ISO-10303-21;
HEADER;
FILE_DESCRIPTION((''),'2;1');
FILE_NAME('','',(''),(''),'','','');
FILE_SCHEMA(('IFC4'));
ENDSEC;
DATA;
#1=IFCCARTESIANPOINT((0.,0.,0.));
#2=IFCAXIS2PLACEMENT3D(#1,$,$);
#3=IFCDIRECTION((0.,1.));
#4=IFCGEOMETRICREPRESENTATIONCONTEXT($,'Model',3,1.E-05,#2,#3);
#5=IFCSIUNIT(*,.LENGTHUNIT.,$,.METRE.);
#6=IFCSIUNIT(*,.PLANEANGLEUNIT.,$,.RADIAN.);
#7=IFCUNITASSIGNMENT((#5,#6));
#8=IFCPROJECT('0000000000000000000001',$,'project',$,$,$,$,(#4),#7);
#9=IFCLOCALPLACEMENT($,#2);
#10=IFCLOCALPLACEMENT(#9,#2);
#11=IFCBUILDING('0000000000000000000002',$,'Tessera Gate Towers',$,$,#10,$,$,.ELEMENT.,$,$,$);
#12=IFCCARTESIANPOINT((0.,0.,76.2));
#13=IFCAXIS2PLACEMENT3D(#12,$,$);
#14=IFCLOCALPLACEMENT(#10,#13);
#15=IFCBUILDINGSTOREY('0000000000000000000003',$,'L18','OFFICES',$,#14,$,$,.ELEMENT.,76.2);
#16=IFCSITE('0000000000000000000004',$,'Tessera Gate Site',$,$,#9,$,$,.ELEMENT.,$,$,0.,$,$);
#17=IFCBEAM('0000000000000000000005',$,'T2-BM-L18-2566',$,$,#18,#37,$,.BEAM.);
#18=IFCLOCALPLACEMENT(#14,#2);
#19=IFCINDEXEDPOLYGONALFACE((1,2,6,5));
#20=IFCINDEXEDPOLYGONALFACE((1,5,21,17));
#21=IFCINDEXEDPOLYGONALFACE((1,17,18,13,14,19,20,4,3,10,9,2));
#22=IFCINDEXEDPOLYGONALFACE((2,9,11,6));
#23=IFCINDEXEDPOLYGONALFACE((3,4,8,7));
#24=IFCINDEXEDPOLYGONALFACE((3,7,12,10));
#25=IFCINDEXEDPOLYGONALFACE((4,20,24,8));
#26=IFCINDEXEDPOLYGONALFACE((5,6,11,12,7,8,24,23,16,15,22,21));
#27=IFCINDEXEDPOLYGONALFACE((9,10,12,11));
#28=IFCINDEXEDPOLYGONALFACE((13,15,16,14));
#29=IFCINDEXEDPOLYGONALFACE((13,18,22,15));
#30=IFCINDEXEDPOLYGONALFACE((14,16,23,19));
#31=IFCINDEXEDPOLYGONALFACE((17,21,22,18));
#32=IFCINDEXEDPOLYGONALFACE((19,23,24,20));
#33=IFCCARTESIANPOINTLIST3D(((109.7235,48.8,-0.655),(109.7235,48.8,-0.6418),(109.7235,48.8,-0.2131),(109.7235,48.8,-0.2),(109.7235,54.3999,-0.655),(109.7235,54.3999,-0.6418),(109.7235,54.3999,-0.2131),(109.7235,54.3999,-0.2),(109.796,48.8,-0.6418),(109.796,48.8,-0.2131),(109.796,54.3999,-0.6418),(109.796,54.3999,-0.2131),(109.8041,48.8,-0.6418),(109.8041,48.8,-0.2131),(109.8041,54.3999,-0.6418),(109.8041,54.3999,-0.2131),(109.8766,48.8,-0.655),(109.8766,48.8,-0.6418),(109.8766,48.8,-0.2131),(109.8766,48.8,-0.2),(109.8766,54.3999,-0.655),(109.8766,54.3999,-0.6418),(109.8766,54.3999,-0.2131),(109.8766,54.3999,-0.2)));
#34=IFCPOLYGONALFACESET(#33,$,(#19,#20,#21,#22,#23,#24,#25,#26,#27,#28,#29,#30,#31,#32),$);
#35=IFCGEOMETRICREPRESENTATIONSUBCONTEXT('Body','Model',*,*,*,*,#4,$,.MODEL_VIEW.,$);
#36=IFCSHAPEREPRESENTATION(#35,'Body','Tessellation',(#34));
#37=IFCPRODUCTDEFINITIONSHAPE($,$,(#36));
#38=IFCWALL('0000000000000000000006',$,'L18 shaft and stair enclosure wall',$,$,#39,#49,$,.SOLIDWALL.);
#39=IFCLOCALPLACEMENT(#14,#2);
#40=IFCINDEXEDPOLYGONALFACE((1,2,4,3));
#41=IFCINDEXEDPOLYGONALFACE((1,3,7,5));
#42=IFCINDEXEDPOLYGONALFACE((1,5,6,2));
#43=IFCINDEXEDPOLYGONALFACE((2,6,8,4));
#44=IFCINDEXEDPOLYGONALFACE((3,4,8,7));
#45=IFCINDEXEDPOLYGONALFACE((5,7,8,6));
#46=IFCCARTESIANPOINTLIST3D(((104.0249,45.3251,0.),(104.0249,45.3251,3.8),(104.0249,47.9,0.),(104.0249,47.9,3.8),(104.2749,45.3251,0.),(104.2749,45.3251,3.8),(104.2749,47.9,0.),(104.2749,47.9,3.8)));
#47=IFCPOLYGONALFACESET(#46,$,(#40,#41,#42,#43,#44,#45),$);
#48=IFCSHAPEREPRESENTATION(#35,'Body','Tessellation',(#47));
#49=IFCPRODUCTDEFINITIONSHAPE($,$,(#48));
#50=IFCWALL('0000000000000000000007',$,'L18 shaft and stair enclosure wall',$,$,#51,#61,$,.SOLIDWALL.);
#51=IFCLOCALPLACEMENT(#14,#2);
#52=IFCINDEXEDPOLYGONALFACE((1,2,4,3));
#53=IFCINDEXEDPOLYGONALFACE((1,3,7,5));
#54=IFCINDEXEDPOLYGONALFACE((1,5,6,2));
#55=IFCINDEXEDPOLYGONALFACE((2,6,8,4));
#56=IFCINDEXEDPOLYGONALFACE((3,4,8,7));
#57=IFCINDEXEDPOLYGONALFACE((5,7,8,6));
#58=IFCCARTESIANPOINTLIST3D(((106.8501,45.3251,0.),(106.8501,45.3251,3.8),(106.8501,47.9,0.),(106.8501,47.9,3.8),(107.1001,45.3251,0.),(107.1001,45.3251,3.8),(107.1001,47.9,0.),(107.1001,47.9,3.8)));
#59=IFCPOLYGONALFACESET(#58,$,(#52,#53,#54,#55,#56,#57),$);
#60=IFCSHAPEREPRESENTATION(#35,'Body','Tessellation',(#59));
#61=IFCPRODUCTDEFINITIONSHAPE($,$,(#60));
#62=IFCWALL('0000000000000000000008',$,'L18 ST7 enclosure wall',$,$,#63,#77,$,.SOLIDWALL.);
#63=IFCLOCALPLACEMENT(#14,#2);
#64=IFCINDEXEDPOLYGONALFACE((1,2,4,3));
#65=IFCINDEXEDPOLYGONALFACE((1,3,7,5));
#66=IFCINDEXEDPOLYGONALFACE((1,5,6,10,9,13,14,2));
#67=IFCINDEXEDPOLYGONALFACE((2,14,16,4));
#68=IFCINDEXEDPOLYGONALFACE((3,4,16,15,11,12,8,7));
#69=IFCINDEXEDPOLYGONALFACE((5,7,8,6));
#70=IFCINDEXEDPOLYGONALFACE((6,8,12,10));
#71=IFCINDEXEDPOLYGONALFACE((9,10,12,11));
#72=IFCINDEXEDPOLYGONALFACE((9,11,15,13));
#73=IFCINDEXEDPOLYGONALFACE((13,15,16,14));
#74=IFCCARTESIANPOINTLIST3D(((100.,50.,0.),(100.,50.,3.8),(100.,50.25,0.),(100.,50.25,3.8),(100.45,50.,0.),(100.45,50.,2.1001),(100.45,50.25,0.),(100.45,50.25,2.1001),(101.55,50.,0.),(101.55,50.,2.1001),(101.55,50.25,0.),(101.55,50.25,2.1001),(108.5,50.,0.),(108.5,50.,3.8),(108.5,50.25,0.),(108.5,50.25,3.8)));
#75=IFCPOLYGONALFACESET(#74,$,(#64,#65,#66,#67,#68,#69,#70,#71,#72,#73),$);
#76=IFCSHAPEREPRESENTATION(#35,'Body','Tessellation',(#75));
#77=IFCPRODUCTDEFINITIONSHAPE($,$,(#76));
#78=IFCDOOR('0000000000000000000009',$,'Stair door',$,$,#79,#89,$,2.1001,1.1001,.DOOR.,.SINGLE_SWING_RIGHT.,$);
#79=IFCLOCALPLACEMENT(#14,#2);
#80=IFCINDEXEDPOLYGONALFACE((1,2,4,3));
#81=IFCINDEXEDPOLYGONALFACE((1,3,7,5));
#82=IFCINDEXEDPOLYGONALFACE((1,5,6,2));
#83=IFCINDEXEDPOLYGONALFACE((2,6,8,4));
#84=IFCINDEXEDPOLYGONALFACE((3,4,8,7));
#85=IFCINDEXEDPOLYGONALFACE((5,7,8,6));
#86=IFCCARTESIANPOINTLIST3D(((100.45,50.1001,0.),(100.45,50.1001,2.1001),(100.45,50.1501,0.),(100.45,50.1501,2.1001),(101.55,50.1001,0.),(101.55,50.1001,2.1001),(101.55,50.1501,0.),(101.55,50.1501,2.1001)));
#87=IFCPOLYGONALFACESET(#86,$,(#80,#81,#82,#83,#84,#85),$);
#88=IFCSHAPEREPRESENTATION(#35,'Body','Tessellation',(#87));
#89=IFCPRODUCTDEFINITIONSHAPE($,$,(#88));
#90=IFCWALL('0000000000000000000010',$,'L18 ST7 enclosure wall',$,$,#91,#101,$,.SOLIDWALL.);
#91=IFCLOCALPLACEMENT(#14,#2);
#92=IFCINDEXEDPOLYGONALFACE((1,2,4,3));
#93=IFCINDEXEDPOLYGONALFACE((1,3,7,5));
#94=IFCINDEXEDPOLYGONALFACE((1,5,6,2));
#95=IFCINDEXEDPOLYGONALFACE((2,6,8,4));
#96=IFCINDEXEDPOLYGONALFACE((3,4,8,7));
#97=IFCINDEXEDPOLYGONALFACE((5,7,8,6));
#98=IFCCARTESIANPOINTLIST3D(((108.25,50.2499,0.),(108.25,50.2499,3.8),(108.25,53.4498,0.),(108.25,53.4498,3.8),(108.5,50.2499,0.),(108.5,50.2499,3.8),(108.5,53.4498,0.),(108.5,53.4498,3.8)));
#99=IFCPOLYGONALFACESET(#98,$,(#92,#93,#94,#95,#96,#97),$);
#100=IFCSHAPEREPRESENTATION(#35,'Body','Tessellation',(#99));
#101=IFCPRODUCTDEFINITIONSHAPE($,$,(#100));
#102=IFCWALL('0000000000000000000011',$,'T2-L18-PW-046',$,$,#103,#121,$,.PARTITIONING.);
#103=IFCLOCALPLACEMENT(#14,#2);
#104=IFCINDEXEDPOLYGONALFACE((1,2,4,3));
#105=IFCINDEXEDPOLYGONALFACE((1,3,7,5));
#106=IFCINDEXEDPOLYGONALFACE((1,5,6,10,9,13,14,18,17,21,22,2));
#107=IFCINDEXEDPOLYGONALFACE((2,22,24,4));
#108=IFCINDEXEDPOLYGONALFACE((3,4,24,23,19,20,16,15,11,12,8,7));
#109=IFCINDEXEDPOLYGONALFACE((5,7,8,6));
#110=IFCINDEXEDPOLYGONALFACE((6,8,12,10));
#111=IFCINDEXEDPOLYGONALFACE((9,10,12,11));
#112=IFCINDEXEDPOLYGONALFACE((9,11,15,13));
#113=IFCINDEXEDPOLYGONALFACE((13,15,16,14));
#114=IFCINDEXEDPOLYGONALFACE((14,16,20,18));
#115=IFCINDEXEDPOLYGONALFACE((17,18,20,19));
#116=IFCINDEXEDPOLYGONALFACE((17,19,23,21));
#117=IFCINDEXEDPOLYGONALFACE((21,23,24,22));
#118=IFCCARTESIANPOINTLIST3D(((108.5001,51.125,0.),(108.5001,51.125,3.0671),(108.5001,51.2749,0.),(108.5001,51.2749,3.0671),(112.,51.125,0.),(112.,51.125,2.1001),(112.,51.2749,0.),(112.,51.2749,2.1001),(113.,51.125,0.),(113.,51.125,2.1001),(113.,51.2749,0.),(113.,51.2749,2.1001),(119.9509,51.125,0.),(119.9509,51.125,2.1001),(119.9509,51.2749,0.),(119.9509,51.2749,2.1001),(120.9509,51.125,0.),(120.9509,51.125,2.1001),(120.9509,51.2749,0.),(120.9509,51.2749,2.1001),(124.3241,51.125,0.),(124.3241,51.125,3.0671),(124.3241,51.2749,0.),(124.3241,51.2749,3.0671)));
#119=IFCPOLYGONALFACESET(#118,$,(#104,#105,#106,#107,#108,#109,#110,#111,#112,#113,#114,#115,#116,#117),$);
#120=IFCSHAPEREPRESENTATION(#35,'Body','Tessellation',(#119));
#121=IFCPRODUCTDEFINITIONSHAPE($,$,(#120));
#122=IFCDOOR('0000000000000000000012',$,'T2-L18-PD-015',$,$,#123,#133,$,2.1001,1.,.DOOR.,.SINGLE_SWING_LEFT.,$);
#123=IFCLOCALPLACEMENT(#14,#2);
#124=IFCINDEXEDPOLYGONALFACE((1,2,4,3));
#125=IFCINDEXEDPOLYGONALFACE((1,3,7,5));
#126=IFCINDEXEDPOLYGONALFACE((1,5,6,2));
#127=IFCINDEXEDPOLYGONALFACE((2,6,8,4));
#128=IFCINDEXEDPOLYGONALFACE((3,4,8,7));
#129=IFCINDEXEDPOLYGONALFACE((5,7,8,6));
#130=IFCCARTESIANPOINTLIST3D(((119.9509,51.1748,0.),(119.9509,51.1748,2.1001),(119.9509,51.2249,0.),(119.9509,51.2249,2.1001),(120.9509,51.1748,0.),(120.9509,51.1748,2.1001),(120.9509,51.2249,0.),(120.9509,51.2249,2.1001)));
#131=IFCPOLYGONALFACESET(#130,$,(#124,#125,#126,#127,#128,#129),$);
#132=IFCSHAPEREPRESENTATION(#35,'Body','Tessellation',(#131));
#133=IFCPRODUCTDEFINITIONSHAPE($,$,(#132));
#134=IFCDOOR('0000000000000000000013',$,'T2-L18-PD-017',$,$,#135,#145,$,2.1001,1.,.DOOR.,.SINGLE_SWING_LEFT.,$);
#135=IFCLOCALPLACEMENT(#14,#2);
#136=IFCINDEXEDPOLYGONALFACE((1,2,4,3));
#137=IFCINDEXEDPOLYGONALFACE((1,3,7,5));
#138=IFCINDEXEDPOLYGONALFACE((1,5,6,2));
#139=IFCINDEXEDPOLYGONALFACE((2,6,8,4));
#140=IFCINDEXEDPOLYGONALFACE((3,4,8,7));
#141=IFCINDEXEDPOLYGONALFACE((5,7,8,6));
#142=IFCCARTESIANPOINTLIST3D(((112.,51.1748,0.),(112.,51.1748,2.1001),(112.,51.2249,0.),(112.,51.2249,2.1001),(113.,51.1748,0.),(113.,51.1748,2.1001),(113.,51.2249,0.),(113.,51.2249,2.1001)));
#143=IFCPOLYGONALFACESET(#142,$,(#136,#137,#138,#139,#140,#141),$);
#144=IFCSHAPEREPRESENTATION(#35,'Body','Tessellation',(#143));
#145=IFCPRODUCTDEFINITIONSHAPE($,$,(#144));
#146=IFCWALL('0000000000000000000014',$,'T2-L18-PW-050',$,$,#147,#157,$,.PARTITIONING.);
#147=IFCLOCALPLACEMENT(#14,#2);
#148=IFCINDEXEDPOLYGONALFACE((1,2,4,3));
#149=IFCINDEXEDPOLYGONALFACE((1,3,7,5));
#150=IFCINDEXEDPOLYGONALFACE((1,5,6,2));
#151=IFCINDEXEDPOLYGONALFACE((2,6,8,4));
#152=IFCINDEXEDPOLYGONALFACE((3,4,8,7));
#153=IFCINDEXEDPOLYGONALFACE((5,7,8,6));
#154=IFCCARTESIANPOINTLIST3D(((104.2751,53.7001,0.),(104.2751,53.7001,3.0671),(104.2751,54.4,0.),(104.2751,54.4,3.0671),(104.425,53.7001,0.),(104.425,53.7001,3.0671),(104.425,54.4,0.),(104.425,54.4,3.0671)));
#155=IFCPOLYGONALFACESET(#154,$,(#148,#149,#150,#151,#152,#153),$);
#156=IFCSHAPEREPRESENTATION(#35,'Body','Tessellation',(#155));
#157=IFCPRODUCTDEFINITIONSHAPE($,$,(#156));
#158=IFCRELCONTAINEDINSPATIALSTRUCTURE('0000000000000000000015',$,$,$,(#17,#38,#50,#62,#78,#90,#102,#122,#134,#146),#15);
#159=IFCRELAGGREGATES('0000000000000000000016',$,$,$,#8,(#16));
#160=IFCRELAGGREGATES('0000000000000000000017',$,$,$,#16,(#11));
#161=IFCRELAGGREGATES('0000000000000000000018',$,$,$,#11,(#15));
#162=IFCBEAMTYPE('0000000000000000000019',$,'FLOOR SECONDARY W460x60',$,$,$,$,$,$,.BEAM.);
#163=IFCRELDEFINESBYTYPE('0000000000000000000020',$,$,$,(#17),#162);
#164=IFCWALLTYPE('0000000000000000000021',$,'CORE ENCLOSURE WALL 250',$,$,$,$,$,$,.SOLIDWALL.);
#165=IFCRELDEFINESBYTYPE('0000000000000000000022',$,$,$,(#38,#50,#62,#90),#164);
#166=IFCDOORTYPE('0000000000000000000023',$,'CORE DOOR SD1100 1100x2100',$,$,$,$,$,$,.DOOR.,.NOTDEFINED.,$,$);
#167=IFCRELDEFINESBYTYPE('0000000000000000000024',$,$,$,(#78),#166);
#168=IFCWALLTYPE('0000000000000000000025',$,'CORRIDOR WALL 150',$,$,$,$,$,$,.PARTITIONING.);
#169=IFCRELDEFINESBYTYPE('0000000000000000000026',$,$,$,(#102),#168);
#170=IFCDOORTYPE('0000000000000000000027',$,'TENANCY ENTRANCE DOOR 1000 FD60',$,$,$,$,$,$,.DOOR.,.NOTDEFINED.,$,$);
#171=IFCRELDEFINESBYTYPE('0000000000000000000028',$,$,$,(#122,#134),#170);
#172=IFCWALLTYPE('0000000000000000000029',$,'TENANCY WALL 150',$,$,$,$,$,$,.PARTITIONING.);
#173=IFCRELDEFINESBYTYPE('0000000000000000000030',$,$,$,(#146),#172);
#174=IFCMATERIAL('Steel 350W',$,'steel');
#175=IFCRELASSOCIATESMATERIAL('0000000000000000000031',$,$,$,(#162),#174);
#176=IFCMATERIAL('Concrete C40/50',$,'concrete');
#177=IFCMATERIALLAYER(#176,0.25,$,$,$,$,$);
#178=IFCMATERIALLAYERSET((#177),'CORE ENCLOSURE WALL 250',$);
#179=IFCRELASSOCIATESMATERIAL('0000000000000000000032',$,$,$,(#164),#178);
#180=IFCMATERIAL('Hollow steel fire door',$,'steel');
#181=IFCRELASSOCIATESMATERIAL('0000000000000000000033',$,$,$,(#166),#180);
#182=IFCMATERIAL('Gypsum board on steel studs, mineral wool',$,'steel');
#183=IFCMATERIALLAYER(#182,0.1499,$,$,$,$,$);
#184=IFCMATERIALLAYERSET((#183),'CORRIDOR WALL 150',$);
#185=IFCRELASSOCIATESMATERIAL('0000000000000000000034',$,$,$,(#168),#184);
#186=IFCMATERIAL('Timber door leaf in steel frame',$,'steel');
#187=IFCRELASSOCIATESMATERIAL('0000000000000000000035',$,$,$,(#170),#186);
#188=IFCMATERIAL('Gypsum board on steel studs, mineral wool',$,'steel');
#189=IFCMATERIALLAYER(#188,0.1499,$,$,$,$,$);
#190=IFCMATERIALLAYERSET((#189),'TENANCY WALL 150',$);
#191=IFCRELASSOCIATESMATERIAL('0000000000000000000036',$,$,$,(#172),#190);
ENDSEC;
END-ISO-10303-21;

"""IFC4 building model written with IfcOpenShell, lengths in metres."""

from ifc_helpers import new_model, si_unit, direction, frame, frame_2d, origin, origin_2d, place, context, subcontext, project, spatial, rectangle, i_section, extrude, source, transform, mapped, material, layer, layer_set, material_profile, profile_set, type_object, element, fill, save


model = new_model("IFC4")

# Units and contexts
model_context = context("Model", 3, precision=1e-05, world=origin(), true_north=direction((0.0, 1.0)))
body_context = subcontext(model_context, "Body", "Model", "MODEL_VIEW")
ifc_project = project(units=[si_unit("LENGTHUNIT", "METRE"), si_unit("PLANEANGLEUNIT", "RADIAN")], contexts=[model_context])

# Site, building, storey
site_placement = place(None, origin())
site = spatial("IfcSite", under=ifc_project, at=site_placement, Name="Tessera Gate Site", CompositionType="ELEMENT", RefElevation=0.0)
building_placement = place(site_placement, origin())
building = spatial("IfcBuilding", under=site, at=building_placement, Name="Tessera Gate Towers", CompositionType="ELEMENT")
storey_placement = place(building_placement, frame((0.0, 0.0, 76.2)))
storey = spatial("IfcBuildingStorey", under=building, at=storey_placement, Name="L18", Description="OFFICES", CompositionType="ELEMENT", Elevation=76.2)

# Beam
ifc_material_1 = material(Name="Steel 350W", Category="steel")
ifc_material_profile = material_profile(ifc_material_1, i_section(OverallWidth=0.1531, OverallDepth=0.4551, WebThickness=0.0081, FlangeThickness=0.0132, at=origin_2d()), Name="W460x60")
ifc_profile_set = profile_set([ifc_material_profile], Name="Steel 350W")
beam_type = type_object("IfcBeamType", Name="FLOOR SECONDARY W460x60", PredefinedType="BEAM", material=ifc_profile_set)
beam_placement = place(storey_placement, frame((109.8, 48.8, -0.4275), z_axis=(0.0, 1.0, 0.0), x_axis=(-1.0, 0.0, 0.0)))
element("IfcBeam", 1, at=beam_placement, inside=storey, type_object=beam_type, Name="T2-BM-L18-2566", PredefinedType="BEAM", context=body_context, shape_type="SweptSolid", body=[
    extrude(i_section(OverallWidth=0.1531, OverallDepth=0.4551, WebThickness=0.0081, FlangeThickness=0.0132, at=origin_2d()), origin(), (0.0, 0.0, 1.0), 5.5999),
])

# Walls
ifc_material_2 = material(Name="Concrete C40/50", Category="concrete")
ifc_layer_1 = layer(ifc_material_2, 0.25)
ifc_layer_set_1 = layer_set([ifc_layer_1], Name="CORE ENCLOSURE WALL 250")
wall_type_1 = type_object("IfcWallType", Name="CORE ENCLOSURE WALL 250", PredefinedType="SOLIDWALL", material=ifc_layer_set_1)
for number, where, z_axis, x_axis, name in (
    (2, (104.1499, 45.325, 0.0), (0.0, 0.0, 1.0), (0.0, 1.0, 0.0), "L18 shaft and stair enclosure wall"),
    (3, (106.9751, 45.325, 0.0), (0.0, 0.0, 1.0), (0.0, 1.0, 0.0), "L18 shaft and stair enclosure wall"),
):
    element("IfcWall", number, at=place(storey_placement, frame(where, z_axis=z_axis, x_axis=x_axis)), inside=storey, type_object=wall_type_1, Name=name, PredefinedType="SOLIDWALL", context=body_context, shape_type="SweptSolid", body=[
        extrude(rectangle(XDim=2.575, YDim=0.25, at=frame_2d((1.2876, 0.0))), origin(), (0.0, 0.0, 1.0), 3.8),
    ])

# Wall, opening, door
wall_1_placement = place(storey_placement, frame((108.5, 50.125, 0.0), z_axis=(0.0, 0.0, 1.0), x_axis=(-1.0, 0.0, 0.0)))
wall_1 = element("IfcWall", 4, at=wall_1_placement, inside=storey, type_object=wall_type_1, Name="L18 ST7 enclosure wall", PredefinedType="SOLIDWALL", context=body_context, shape_type="SweptSolid", body=[
    extrude(rectangle(XDim=8.5, YDim=0.25, at=frame_2d((4.25, 0.0))), origin(), (0.0, 0.0, 1.0), 3.8),
])
shared_shape_1 = source(origin(), body_context, "Body", "SweptSolid", [
    extrude(rectangle(XDim=1.1001, YDim=2.1001, at=frame_2d((0.55, 1.05))), frame((0.0, 0.135, 0.0), z_axis=(0.0, -1.0, 0.0), x_axis=(1.0, 0.0, 0.0)), (0.0, 0.0, 1.0), 0.27),
])
opening_1_placement = place(wall_1_placement, frame((6.95, 0.0, 0.0)))
opening_1 = element("IfcOpeningElement", 5, at=opening_1_placement, cuts=wall_1, PredefinedType="OPENING", context=body_context, shape_type="MappedRepresentation", body=[
    mapped(shared_shape_1, transform((0.0, 0.0, 0.0), scale=1.0)),
])
ifc_material_3 = material(Name="Hollow steel fire door", Category="steel")
door_type_1 = type_object("IfcDoorType", Name="CORE DOOR SD1100 1100x2100", OperationType="NOTDEFINED", PredefinedType="DOOR", material=ifc_material_3)
shared_shape_2 = source(origin(), body_context, "Body", "SweptSolid", [
    extrude(rectangle(XDim=1.1001, YDim=2.1001, at=frame_2d((0.55, 1.05))), frame((0.0, 0.0249, 0.0), z_axis=(0.0, -1.0, 0.0), x_axis=(1.0, 0.0, 0.0)), (0.0, 0.0, 1.0), 0.05),
])
door_1_placement = place(opening_1_placement, origin())
door_1 = element("IfcDoor", 6, at=door_1_placement, inside=storey, type_object=door_type_1, Name="Stair door", OperationType="SINGLE_SWING_RIGHT", OverallHeight=2.1001, OverallWidth=1.1001, PredefinedType="DOOR", context=body_context, shape_type="MappedRepresentation", body=[
    mapped(shared_shape_2, transform((0.0, 0.0, 0.0), scale=1.0)),
])
fill(opening_1, door_1)

# Wall
wall_2_placement = place(storey_placement, frame((108.375, 53.45, 0.0), z_axis=(0.0, 0.0, 1.0), x_axis=(0.0, -1.0, 0.0)))
element("IfcWall", 7, at=wall_2_placement, inside=storey, type_object=wall_type_1, Name="L18 ST7 enclosure wall", PredefinedType="SOLIDWALL", context=body_context, shape_type="SweptSolid", body=[
    extrude(rectangle(XDim=3.2, YDim=0.25, at=frame_2d((1.6001, 0.0))), origin(), (0.0, 0.0, 1.0), 3.8),
])

# Wall, openings, doors
ifc_material_4 = material(Name="Gypsum board on steel studs, mineral wool", Category="steel")
ifc_layer_2 = layer(ifc_material_4, 0.1499)
ifc_layer_set_2 = layer_set([ifc_layer_2], Name="CORRIDOR WALL 150")
wall_type_2 = type_object("IfcWallType", Name="CORRIDOR WALL 150", PredefinedType="PARTITIONING", material=ifc_layer_set_2)
wall_3_placement = place(storey_placement, frame((108.5, 51.2, 0.0), z_axis=(0.0, 0.0, 1.0), x_axis=(1.0, 0.0, 0.0)))
wall_3 = element("IfcWall", 8, at=wall_3_placement, inside=storey, type_object=wall_type_2, Name="T2-L18-PW-046", PredefinedType="PARTITIONING", context=body_context, shape_type="SweptSolid", body=[
    extrude(rectangle(XDim=15.824, YDim=0.1499, at=frame_2d((7.9121, 0.0))), origin(), (0.0, 0.0, 1.0), 3.0671),
])
shared_shape_3 = source(origin(), body_context, "Body", "SweptSolid", [
    extrude(rectangle(XDim=1.0, YDim=2.1001, at=frame_2d((0.5, 1.05))), frame((0.0, 0.085, 0.0), z_axis=(0.0, -1.0, 0.0), x_axis=(1.0, 0.0, 0.0)), (0.0, 0.0, 1.0), 0.1699),
])
opening_2_placement = place(wall_3_placement, frame((11.4509, 0.0, 0.0)))
opening_2 = element("IfcOpeningElement", 9, at=opening_2_placement, cuts=wall_3, PredefinedType="OPENING", context=body_context, shape_type="MappedRepresentation", body=[
    mapped(shared_shape_3, transform((0.0, 0.0, 0.0), scale=1.0)),
])
opening_3_placement = place(wall_3_placement, frame((3.5, 0.0, 0.0)))
opening_3 = element("IfcOpeningElement", 10, at=opening_3_placement, cuts=wall_3, PredefinedType="OPENING", context=body_context, shape_type="MappedRepresentation", body=[
    mapped(shared_shape_3, transform((0.0, 0.0, 0.0), scale=1.0)),
])
ifc_material_5 = material(Name="Timber door leaf in steel frame", Category="steel")
door_type_2 = type_object("IfcDoorType", Name="TENANCY ENTRANCE DOOR 1000 FD60", OperationType="NOTDEFINED", PredefinedType="DOOR", material=ifc_material_5)
shared_shape_4 = source(origin(), body_context, "Body", "SweptSolid", [
    extrude(rectangle(XDim=1.0, YDim=2.1001, at=frame_2d((0.5, 1.05))), frame((0.0, 0.0249, 0.0), z_axis=(0.0, -1.0, 0.0), x_axis=(1.0, 0.0, 0.0)), (0.0, 0.0, 1.0), 0.05),
])
door_2_placement = place(opening_2_placement, origin())
door_2 = element("IfcDoor", 11, at=door_2_placement, inside=storey, type_object=door_type_2, Name="T2-L18-PD-015", OperationType="SINGLE_SWING_LEFT", OverallHeight=2.1001, OverallWidth=1.0, PredefinedType="DOOR", context=body_context, shape_type="MappedRepresentation", body=[
    mapped(shared_shape_4, transform((0.0, 0.0, 0.0), scale=1.0)),
])
fill(opening_2, door_2)
door_3_placement = place(opening_3_placement, origin())
door_3 = element("IfcDoor", 12, at=door_3_placement, inside=storey, type_object=door_type_2, Name="T2-L18-PD-017", OperationType="SINGLE_SWING_LEFT", OverallHeight=2.1001, OverallWidth=1.0, PredefinedType="DOOR", context=body_context, shape_type="MappedRepresentation", body=[
    mapped(shared_shape_4, transform((0.0, 0.0, 0.0), scale=1.0)),
])
fill(opening_3, door_3)

# Wall
ifc_material_6 = material(Name="Gypsum board on steel studs, mineral wool", Category="steel")
ifc_layer_3 = layer(ifc_material_6, 0.1499)
ifc_layer_set_3 = layer_set([ifc_layer_3], Name="TENANCY WALL 150")
wall_type_3 = type_object("IfcWallType", Name="TENANCY WALL 150", PredefinedType="PARTITIONING", material=ifc_layer_set_3)
wall_4_placement = place(storey_placement, frame((104.3501, 53.7, 0.0), z_axis=(0.0, 0.0, 1.0), x_axis=(0.0, 1.0, 0.0)))
element("IfcWall", 13, at=wall_4_placement, inside=storey, type_object=wall_type_3, Name="T2-L18-PW-050", PredefinedType="PARTITIONING", context=body_context, shape_type="SweptSolid", body=[
    extrude(rectangle(XDim=0.7, YDim=0.1499, at=frame_2d((0.3501, 0.0))), origin(), (0.0, 0.0, 1.0), 3.0671),
])

save(model, "model.ifc")
